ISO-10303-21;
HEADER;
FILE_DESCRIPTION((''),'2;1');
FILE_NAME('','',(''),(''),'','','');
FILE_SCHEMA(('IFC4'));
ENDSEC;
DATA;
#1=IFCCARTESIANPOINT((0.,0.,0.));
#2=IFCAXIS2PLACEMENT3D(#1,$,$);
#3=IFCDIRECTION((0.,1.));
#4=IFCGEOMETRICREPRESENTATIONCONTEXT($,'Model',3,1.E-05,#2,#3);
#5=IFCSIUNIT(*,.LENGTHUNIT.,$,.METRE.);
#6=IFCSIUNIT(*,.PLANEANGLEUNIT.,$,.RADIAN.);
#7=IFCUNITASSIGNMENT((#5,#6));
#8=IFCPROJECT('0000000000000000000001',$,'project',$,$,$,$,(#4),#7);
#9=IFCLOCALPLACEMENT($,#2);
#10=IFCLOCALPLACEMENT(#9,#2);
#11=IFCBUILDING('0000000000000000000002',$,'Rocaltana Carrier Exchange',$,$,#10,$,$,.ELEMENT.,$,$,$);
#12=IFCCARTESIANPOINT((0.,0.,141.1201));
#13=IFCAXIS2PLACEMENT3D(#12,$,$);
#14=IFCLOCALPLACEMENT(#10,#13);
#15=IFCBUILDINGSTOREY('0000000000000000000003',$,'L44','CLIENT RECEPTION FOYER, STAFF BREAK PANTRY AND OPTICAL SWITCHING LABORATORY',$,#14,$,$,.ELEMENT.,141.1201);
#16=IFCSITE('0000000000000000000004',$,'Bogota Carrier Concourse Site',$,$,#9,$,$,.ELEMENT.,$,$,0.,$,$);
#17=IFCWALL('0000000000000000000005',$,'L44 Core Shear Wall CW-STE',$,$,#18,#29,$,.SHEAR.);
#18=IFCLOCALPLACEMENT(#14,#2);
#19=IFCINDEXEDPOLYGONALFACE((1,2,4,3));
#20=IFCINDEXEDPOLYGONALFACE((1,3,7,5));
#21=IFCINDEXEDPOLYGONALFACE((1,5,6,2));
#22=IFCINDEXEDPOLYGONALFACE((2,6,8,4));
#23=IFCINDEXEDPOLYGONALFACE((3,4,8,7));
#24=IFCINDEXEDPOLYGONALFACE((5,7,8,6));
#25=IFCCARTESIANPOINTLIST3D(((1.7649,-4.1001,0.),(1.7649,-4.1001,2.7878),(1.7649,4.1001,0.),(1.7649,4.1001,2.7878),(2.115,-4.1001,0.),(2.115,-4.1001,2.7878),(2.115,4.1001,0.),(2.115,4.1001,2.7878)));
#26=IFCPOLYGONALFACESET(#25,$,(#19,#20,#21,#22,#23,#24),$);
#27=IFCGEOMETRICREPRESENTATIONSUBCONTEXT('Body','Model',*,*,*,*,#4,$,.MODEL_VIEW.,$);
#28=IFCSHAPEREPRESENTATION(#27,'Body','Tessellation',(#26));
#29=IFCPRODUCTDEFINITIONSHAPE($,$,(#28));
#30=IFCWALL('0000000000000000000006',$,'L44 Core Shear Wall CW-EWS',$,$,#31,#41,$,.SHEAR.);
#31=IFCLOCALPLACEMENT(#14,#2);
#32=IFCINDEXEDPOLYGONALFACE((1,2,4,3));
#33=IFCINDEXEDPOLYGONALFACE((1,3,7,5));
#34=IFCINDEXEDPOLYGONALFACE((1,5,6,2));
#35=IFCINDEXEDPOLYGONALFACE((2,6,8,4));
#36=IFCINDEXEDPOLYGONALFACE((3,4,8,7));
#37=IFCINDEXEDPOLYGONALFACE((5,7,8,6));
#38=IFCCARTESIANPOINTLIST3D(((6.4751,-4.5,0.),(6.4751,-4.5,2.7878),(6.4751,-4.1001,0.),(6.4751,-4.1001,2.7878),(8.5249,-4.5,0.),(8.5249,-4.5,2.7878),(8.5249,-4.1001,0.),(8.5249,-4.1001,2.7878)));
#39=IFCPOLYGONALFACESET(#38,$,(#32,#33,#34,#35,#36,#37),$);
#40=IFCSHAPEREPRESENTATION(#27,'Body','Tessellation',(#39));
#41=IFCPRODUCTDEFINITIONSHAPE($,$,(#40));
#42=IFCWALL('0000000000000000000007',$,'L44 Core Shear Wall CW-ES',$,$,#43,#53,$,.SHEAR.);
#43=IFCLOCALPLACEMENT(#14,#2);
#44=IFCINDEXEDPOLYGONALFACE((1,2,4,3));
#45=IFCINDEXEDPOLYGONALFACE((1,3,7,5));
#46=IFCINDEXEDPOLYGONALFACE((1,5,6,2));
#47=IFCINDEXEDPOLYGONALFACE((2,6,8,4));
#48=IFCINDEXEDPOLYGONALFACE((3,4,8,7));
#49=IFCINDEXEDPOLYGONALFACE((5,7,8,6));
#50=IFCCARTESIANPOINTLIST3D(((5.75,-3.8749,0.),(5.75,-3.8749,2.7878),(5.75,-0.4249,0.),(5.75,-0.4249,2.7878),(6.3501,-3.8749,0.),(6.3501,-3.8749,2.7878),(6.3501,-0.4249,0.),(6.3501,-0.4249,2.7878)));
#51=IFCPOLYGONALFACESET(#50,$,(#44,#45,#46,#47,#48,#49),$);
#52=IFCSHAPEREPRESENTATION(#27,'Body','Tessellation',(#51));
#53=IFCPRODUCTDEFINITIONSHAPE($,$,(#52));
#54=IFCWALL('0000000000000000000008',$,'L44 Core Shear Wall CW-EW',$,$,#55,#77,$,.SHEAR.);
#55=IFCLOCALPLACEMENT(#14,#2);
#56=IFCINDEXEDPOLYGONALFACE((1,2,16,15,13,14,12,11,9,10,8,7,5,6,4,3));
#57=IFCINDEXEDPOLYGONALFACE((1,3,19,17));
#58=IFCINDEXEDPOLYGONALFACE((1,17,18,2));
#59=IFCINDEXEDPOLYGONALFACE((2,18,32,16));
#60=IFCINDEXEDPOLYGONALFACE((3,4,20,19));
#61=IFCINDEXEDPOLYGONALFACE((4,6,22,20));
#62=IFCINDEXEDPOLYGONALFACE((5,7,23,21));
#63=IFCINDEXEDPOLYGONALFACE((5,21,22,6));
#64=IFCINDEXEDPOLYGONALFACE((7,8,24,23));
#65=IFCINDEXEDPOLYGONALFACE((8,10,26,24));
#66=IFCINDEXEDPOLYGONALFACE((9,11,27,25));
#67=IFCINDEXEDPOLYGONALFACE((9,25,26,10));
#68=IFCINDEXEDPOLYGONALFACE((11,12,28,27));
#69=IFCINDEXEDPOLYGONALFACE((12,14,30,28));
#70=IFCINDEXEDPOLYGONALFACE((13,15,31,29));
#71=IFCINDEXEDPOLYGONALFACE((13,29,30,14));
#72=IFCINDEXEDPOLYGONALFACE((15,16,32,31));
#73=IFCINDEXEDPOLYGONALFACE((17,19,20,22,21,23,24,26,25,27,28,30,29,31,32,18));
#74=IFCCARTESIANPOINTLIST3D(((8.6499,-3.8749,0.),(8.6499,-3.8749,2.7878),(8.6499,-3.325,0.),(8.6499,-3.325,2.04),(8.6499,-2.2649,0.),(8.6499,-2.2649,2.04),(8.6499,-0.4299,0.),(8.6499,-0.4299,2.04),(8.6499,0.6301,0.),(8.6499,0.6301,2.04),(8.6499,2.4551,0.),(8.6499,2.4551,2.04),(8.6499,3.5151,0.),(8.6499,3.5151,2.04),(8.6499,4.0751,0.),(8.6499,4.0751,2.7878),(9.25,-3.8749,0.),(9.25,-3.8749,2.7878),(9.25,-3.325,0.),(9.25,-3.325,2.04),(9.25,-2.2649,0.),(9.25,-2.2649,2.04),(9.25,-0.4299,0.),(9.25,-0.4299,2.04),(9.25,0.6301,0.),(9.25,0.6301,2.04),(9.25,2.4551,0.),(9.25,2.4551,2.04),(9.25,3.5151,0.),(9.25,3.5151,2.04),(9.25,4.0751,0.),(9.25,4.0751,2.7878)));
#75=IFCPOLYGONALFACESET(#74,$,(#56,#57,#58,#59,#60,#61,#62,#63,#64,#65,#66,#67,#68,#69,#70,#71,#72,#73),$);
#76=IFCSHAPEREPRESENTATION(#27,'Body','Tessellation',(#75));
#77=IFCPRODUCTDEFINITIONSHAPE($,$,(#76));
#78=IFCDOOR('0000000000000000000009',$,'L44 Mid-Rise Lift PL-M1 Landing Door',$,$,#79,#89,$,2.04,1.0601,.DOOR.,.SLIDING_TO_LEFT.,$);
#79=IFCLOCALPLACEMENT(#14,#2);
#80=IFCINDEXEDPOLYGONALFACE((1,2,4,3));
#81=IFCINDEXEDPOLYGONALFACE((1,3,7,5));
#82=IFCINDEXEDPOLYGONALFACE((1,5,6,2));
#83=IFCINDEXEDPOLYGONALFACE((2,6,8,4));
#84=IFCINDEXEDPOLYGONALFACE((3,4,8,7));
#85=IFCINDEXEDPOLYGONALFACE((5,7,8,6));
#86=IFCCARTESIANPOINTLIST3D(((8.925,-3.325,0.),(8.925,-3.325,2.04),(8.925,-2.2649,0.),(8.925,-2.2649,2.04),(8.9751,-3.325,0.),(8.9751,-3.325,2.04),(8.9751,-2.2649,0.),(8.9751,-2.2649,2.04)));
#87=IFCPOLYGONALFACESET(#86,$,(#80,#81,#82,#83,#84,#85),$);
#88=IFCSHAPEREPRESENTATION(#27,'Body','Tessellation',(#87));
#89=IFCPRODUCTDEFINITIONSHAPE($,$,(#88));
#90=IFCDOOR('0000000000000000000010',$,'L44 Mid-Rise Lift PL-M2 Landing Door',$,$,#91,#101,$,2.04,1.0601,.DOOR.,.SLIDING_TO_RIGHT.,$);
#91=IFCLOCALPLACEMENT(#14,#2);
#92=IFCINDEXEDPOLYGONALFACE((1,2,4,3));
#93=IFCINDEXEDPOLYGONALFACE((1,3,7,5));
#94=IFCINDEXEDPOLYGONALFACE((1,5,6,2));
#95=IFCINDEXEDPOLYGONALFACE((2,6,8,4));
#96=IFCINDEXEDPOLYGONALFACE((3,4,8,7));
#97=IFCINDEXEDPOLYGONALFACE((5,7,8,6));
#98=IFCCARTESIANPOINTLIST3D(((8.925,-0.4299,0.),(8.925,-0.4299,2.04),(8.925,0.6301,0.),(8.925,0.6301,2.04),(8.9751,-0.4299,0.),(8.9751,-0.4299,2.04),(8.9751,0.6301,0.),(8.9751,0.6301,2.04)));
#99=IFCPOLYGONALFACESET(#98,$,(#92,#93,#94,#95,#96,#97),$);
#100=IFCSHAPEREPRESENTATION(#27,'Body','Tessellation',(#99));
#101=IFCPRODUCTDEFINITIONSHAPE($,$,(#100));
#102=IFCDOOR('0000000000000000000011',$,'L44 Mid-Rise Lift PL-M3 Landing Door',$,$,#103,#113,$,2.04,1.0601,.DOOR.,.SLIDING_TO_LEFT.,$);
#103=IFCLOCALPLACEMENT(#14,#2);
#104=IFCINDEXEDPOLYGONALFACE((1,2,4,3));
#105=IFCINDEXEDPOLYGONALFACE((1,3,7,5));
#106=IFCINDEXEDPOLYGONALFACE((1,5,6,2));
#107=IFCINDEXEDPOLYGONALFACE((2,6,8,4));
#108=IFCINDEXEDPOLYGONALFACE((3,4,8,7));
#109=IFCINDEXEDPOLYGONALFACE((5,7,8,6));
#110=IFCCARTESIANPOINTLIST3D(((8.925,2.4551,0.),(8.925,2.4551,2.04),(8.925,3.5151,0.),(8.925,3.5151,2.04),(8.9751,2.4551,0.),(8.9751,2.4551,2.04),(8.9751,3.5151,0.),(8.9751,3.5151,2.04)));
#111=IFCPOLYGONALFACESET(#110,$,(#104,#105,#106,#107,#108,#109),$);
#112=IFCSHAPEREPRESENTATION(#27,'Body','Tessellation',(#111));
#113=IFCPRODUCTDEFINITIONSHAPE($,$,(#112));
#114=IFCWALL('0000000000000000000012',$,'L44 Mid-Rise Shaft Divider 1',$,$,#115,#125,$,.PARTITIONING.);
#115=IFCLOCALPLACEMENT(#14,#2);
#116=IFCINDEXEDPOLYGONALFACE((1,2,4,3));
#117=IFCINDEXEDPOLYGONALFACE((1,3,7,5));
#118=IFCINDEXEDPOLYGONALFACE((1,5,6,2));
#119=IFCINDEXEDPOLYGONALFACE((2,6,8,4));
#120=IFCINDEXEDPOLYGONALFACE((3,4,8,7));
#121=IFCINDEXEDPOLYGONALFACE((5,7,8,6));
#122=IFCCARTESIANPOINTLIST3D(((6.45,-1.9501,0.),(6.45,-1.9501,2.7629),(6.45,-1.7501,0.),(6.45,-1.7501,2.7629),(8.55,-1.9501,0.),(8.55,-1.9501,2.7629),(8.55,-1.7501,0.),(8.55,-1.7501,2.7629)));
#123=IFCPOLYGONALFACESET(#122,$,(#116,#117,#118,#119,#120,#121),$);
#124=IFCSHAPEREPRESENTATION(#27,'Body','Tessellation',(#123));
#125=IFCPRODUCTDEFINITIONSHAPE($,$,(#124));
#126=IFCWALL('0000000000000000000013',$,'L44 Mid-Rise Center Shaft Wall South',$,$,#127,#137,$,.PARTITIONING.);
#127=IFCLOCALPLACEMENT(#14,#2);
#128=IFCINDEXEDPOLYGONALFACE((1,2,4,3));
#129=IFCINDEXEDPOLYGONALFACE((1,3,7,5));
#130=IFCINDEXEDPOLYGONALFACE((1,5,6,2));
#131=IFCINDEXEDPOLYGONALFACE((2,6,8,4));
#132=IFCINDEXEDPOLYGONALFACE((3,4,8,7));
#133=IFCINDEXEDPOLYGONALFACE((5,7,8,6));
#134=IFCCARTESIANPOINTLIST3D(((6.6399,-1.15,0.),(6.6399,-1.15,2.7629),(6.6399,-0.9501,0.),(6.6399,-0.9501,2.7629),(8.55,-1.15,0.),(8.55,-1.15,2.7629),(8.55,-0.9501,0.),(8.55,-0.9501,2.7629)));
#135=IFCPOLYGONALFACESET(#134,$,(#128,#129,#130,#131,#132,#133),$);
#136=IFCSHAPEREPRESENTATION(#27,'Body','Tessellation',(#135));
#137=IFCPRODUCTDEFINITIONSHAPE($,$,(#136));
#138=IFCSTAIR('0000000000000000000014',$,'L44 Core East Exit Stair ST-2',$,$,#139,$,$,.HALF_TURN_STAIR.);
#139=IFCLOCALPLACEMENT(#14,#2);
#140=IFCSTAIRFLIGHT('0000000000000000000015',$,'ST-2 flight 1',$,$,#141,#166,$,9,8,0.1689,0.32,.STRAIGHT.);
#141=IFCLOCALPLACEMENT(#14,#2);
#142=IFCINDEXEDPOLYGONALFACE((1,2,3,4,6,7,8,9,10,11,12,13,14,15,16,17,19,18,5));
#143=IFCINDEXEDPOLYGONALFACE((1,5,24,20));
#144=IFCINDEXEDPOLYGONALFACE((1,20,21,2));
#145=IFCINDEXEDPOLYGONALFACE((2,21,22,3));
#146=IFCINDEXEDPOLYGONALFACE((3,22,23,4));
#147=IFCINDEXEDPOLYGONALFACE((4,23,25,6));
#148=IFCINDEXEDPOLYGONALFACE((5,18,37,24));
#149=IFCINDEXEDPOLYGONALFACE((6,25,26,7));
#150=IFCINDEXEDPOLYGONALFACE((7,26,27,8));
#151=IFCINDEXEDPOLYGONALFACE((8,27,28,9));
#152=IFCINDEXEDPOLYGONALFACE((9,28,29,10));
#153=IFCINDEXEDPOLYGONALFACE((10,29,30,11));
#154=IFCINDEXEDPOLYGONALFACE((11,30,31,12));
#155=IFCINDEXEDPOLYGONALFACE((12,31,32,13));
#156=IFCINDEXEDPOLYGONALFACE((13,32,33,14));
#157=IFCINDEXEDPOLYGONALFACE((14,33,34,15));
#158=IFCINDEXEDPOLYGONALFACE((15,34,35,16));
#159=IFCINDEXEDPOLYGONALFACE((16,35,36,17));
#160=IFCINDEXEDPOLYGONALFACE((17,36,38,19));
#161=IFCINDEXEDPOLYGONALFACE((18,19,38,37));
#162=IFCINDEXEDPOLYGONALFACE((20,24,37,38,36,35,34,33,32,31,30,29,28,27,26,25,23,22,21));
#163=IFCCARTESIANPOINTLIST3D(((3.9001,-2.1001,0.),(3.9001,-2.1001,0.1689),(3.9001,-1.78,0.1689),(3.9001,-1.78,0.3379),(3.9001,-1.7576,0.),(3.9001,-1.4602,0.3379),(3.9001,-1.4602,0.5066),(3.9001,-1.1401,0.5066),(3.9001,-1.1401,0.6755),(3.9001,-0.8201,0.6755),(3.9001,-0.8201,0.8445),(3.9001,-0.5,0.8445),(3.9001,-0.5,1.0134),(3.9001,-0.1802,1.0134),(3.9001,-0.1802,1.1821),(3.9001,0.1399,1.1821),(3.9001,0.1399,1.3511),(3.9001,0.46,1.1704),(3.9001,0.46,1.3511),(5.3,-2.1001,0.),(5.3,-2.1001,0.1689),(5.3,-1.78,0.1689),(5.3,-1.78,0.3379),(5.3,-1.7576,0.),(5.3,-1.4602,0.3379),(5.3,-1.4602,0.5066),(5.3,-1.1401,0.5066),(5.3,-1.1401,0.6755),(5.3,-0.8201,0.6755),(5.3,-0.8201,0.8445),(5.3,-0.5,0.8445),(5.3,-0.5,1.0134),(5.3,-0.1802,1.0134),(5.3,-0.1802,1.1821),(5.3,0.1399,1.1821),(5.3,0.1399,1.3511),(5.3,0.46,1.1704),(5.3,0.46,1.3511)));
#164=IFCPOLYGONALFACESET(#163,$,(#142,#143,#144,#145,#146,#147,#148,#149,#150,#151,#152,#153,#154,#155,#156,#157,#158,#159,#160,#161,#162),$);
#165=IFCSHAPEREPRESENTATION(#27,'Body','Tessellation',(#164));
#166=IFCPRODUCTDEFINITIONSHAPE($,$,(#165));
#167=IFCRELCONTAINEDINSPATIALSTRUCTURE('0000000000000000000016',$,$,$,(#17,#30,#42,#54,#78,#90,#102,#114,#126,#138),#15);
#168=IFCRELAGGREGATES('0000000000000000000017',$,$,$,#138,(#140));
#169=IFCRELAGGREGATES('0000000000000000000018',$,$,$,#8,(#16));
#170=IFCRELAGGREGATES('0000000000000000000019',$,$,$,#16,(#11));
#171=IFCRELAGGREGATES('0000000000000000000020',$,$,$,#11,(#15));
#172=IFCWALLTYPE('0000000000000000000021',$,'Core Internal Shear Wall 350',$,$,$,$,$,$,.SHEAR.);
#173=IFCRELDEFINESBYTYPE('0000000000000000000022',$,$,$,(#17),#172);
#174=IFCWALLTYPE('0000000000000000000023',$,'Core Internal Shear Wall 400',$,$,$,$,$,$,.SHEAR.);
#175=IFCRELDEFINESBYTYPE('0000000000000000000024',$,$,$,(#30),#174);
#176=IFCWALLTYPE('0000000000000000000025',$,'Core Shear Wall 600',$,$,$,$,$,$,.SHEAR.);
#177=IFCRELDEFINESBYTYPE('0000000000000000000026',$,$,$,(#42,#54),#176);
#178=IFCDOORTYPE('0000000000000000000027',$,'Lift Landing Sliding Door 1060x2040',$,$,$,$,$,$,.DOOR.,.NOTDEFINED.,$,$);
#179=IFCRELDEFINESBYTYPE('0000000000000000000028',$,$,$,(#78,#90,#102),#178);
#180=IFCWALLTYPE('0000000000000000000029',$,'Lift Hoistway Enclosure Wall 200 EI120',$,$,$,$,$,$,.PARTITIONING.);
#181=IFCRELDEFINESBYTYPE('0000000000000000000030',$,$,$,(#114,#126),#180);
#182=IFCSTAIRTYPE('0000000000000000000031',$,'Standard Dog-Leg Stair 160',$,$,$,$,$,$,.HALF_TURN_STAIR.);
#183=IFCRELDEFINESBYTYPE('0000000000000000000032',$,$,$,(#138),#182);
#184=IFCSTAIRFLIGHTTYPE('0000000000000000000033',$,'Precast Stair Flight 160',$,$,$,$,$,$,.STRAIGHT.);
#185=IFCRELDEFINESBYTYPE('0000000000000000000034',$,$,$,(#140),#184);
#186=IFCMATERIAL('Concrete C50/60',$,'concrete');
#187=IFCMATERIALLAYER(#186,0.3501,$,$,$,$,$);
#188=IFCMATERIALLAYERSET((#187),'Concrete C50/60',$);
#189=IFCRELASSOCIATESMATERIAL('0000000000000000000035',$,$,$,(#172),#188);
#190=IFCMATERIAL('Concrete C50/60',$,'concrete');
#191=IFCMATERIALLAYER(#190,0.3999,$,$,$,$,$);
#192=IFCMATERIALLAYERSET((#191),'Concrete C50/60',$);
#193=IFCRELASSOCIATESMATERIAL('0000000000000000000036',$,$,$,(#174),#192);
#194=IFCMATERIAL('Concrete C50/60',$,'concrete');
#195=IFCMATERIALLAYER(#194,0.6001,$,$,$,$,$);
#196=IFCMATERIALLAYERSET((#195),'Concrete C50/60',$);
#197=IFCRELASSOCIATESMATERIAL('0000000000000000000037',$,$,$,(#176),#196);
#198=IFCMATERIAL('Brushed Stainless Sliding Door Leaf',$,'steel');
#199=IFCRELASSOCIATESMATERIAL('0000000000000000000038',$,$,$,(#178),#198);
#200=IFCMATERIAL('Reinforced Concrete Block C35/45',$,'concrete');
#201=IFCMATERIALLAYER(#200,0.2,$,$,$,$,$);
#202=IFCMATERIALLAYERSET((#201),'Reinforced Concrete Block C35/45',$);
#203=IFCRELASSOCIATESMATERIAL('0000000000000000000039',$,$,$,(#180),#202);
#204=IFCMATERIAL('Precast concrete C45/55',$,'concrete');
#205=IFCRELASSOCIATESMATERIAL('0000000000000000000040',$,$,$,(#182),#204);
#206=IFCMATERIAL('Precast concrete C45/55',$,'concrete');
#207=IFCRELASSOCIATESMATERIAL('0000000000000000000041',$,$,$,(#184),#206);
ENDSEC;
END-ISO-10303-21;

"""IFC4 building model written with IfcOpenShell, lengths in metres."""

from ifc_helpers import new_model, si_unit, direction, frame, frame_2d, origin, place, context, subcontext, project, spatial, polyline, rectangle, outline, extrude, material, layer, layer_set, type_object, element, fill, aggregate, save


model = new_model("IFC4")

# Units and contexts
model_context = context("Model", 3, precision=1e-05, world=origin(), true_north=direction((0.0, 1.0)))
body_context = subcontext(model_context, "Body", "Model", "MODEL_VIEW")
ifc_project = project(units=[si_unit("LENGTHUNIT", "METRE"), si_unit("PLANEANGLEUNIT", "RADIAN")], contexts=[model_context])

# Site, building, storey
site_placement = place(None, origin())
site = spatial("IfcSite", under=ifc_project, at=site_placement, Name="Bogota Carrier Concourse Site", CompositionType="ELEMENT", RefElevation=0.0)
building_placement = place(site_placement, origin())
building = spatial("IfcBuilding", under=site, at=building_placement, Name="Rocaltana Carrier Exchange", CompositionType="ELEMENT")
storey_placement = place(building_placement, frame((0.0, 0.0, 141.1201)))
storey = spatial("IfcBuildingStorey", under=building, at=storey_placement, Name="L44", Description="CLIENT RECEPTION FOYER, STAFF BREAK PANTRY AND OPTICAL SWITCHING LABORATORY", CompositionType="ELEMENT", Elevation=141.1201)

# Walls
ifc_material_1 = material(Name="Concrete C50/60", Category="concrete")
ifc_layer_1 = layer(ifc_material_1, 0.3501)
ifc_layer_set_1 = layer_set([ifc_layer_1], Name="Concrete C50/60")
wall_type_1 = type_object("IfcWallType", Name="Core Internal Shear Wall 350", PredefinedType="SHEAR", material=ifc_layer_set_1)
wall_1_placement = place(storey_placement, frame((1.9399, -4.1001, 0.0), z_axis=(0.0, 0.0, 1.0), x_axis=(0.0, 1.0, 0.0)))
element("IfcWall", 1, at=wall_1_placement, inside=storey, type_object=wall_type_1, Name="L44 Core Shear Wall CW-STE", PredefinedType="SHEAR", context=body_context, shape_type="SweptSolid", body=[
    extrude(rectangle(XDim=8.2002, YDim=0.3501, at=frame_2d((4.1001, 0.0))), origin(), (0.0, 0.0, 1.0), 2.7878),
])
ifc_material_2 = material(Name="Concrete C50/60", Category="concrete")
ifc_layer_2 = layer(ifc_material_2, 0.3999)
ifc_layer_set_2 = layer_set([ifc_layer_2], Name="Concrete C50/60")
wall_type_2 = type_object("IfcWallType", Name="Core Internal Shear Wall 400", PredefinedType="SHEAR", material=ifc_layer_set_2)
wall_2_placement = place(storey_placement, frame((6.4751, -4.3, 0.0), z_axis=(0.0, 0.0, 1.0), x_axis=(1.0, 0.0, 0.0)))
element("IfcWall", 2, at=wall_2_placement, inside=storey, type_object=wall_type_2, Name="L44 Core Shear Wall CW-EWS", PredefinedType="SHEAR", context=body_context, shape_type="SweptSolid", body=[
    extrude(rectangle(XDim=2.0498, YDim=0.3999, at=frame_2d((1.0249, 0.0))), origin(), (0.0, 0.0, 1.0), 2.7878),
])
ifc_material_3 = material(Name="Concrete C50/60", Category="concrete")
ifc_layer_3 = layer(ifc_material_3, 0.6001)
ifc_layer_set_3 = layer_set([ifc_layer_3], Name="Concrete C50/60")
wall_type_3 = type_object("IfcWallType", Name="Core Shear Wall 600", PredefinedType="SHEAR", material=ifc_layer_set_3)
wall_3_placement = place(storey_placement, frame((6.05, -3.875, 0.0), z_axis=(0.0, 0.0, 1.0), x_axis=(0.0, 1.0, 0.0)))
element("IfcWall", 3, at=wall_3_placement, inside=storey, type_object=wall_type_3, Name="L44 Core Shear Wall CW-ES", PredefinedType="SHEAR", context=body_context, shape_type="SweptSolid", body=[
    extrude(rectangle(XDim=3.45, YDim=0.6001, at=frame_2d((1.7251, 0.0))), origin(), (0.0, 0.0, 1.0), 2.7878),
])

# Wall, openings, doors
wall_4_placement = place(storey_placement, frame((8.95, -3.875, 0.0), z_axis=(0.0, 0.0, 1.0), x_axis=(0.0, 1.0, 0.0)))
wall_4 = element("IfcWall", 4, at=wall_4_placement, inside=storey, type_object=wall_type_3, Name="L44 Core Shear Wall CW-EW", PredefinedType="SHEAR", context=body_context, shape_type="SweptSolid", body=[
    extrude(rectangle(XDim=7.95, YDim=0.6001, at=frame_2d((3.9751, 0.0))), origin(), (0.0, 0.0, 1.0), 2.7878),
])
opening_1_placement = place(wall_4_placement, frame((0.55, 0.0, 0.0)))
opening_1 = element("IfcOpeningElement", 5, at=opening_1_placement, cuts=wall_4, PredefinedType="OPENING", context=body_context, shape_type="SweptSolid", body=[
    extrude(rectangle(XDim=1.0601, YDim=2.04, at=frame_2d((0.53, 1.02))), frame((0.0, 0.3101, 0.0), z_axis=(0.0, -1.0, 0.0), x_axis=(1.0, 0.0, 0.0)), (0.0, 0.0, 1.0), 0.6201),
])
opening_2_placement = place(wall_4_placement, frame((3.4451, 0.0, 0.0)))
opening_2 = element("IfcOpeningElement", 6, at=opening_2_placement, cuts=wall_4, PredefinedType="OPENING", context=body_context, shape_type="SweptSolid", body=[
    extrude(rectangle(XDim=1.0601, YDim=2.04, at=frame_2d((0.53, 1.02))), frame((0.0, 0.3101, 0.0), z_axis=(0.0, -1.0, 0.0), x_axis=(1.0, 0.0, 0.0)), (0.0, 0.0, 1.0), 0.6201),
])
opening_3_placement = place(wall_4_placement, frame((6.3301, 0.0, 0.0)))
opening_3 = element("IfcOpeningElement", 7, at=opening_3_placement, cuts=wall_4, PredefinedType="OPENING", context=body_context, shape_type="SweptSolid", body=[
    extrude(rectangle(XDim=1.0601, YDim=2.04, at=frame_2d((0.53, 1.02))), frame((0.0, 0.3101, 0.0), z_axis=(0.0, -1.0, 0.0), x_axis=(1.0, 0.0, 0.0)), (0.0, 0.0, 1.0), 0.6201),
])
ifc_material_4 = material(Name="Brushed Stainless Sliding Door Leaf", Category="steel")
door_type = type_object("IfcDoorType", Name="Lift Landing Sliding Door 1060x2040", OperationType="NOTDEFINED", PredefinedType="DOOR", material=ifc_material_4)
door_1_placement = place(opening_1_placement, origin())
door_1 = element("IfcDoor", 8, at=door_1_placement, inside=storey, type_object=door_type, Name="L44 Mid-Rise Lift PL-M1 Landing Door", OperationType="SLIDING_TO_LEFT", OverallHeight=2.04, OverallWidth=1.0601, PredefinedType="DOOR", context=body_context, shape_type="SweptSolid", body=[
    extrude(rectangle(XDim=1.0601, YDim=2.04, at=frame_2d((0.53, 1.02))), frame((0.0, 0.0249, 0.0), z_axis=(0.0, -1.0, 0.0), x_axis=(1.0, 0.0, 0.0)), (0.0, 0.0, 1.0), 0.05),
])
fill(opening_1, door_1)
door_2_placement = place(opening_2_placement, origin())
door_2 = element("IfcDoor", 9, at=door_2_placement, inside=storey, type_object=door_type, Name="L44 Mid-Rise Lift PL-M2 Landing Door", OperationType="SLIDING_TO_RIGHT", OverallHeight=2.04, OverallWidth=1.0601, PredefinedType="DOOR", context=body_context, shape_type="SweptSolid", body=[
    extrude(rectangle(XDim=1.0601, YDim=2.04, at=frame_2d((0.53, 1.02))), frame((0.0, 0.0249, 0.0), z_axis=(0.0, -1.0, 0.0), x_axis=(1.0, 0.0, 0.0)), (0.0, 0.0, 1.0), 0.05),
])
fill(opening_2, door_2)
door_3_placement = place(opening_3_placement, origin())
door_3 = element("IfcDoor", 10, at=door_3_placement, inside=storey, type_object=door_type, Name="L44 Mid-Rise Lift PL-M3 Landing Door", OperationType="SLIDING_TO_LEFT", OverallHeight=2.04, OverallWidth=1.0601, PredefinedType="DOOR", context=body_context, shape_type="SweptSolid", body=[
    extrude(rectangle(XDim=1.0601, YDim=2.04, at=frame_2d((0.53, 1.02))), frame((0.0, 0.0249, 0.0), z_axis=(0.0, -1.0, 0.0), x_axis=(1.0, 0.0, 0.0)), (0.0, 0.0, 1.0), 0.05),
])
fill(opening_3, door_3)

# Walls
ifc_material_5 = material(Name="Reinforced Concrete Block C35/45", Category="concrete")
ifc_layer_4 = layer(ifc_material_5, 0.2)
ifc_layer_set_4 = layer_set([ifc_layer_4], Name="Reinforced Concrete Block C35/45")
wall_type_4 = type_object("IfcWallType", Name="Lift Hoistway Enclosure Wall 200 EI120", PredefinedType="PARTITIONING", material=ifc_layer_set_4)
wall_5_placement = place(storey_placement, frame((6.45, -1.8501, 0.0), z_axis=(0.0, 0.0, 1.0), x_axis=(1.0, 0.0, 0.0)))
element("IfcWall", 11, at=wall_5_placement, inside=storey, type_object=wall_type_4, Name="L44 Mid-Rise Shaft Divider 1", PredefinedType="PARTITIONING", context=body_context, shape_type="SweptSolid", body=[
    extrude(rectangle(XDim=2.1001, YDim=0.2, at=frame_2d((1.05, 0.0))), origin(), (0.0, 0.0, 1.0), 2.7629),
])
wall_6_placement = place(storey_placement, frame((6.6399, -1.05, 0.0), z_axis=(0.0, 0.0, 1.0), x_axis=(1.0, 0.0, 0.0)))
element("IfcWall", 12, at=wall_6_placement, inside=storey, type_object=wall_type_4, Name="L44 Mid-Rise Center Shaft Wall South", PredefinedType="PARTITIONING", context=body_context, shape_type="SweptSolid", body=[
    extrude(rectangle(XDim=1.9102, YDim=0.2, at=frame_2d((0.9551, 0.0))), origin(), (0.0, 0.0, 1.0), 2.7629),
])

# Stair, stair flight
ifc_material_6 = material(Name="Precast concrete C45/55", Category="concrete")
stair_type = type_object("IfcStairType", Name="Standard Dog-Leg Stair 160", PredefinedType="HALF_TURN_STAIR", material=ifc_material_6)
stair_placement = place(storey_placement, origin())
stair = element("IfcStair", 13, at=stair_placement, inside=storey, type_object=stair_type, Name="L44 Core East Exit Stair ST-2", PredefinedType="HALF_TURN_STAIR")
ifc_material_7 = material(Name="Precast concrete C45/55", Category="concrete")
stair_flight_type = type_object("IfcStairFlightType", Name="Precast Stair Flight 160", PredefinedType="STRAIGHT", material=ifc_material_7)
stair_flight_placement = place(storey_placement, frame((4.6001, -2.1001, 0.0), z_axis=(0.0, 0.0, 1.0), x_axis=(0.0, 1.0, 0.0)))
stair_flight = element("IfcStairFlight", 14, at=stair_flight_placement, type_object=stair_flight_type, Name="ST-2 flight 1", NumberOfRisers=9, NumberOfTreads=8, PredefinedType="STRAIGHT", RiserHeight=0.1689, TreadLength=0.32, context=body_context, shape_type="SweptSolid", body=[
    extrude(outline(polyline([(0.0, 0.0), (0.0, 0.1689), (0.3201, 0.1689), (0.3201, 0.3379), (0.6399, 0.3379), (0.6399, 0.5066), (0.96, 0.5066), (0.96, 0.6755), (1.28, 0.6755), (1.28, 0.8445), (1.6001, 0.8445), (1.6001, 1.0134), (1.9199, 1.0134), (1.9199, 1.1821), (2.24, 1.1821), (2.24, 1.3511), (2.5601, 1.3511), (2.5601, 1.52), (2.5601, 1.1704), (0.3425, 0.0), (0.0, 0.0)])), frame((0.0, 0.7, 0.0), z_axis=(0.0, -1.0, 0.0), x_axis=(1.0, 0.0, 0.0)), (0.0, 0.0, 1.0), 1.3999),
])
aggregate(stair, [stair_flight])

save(model, "model.ifc")
